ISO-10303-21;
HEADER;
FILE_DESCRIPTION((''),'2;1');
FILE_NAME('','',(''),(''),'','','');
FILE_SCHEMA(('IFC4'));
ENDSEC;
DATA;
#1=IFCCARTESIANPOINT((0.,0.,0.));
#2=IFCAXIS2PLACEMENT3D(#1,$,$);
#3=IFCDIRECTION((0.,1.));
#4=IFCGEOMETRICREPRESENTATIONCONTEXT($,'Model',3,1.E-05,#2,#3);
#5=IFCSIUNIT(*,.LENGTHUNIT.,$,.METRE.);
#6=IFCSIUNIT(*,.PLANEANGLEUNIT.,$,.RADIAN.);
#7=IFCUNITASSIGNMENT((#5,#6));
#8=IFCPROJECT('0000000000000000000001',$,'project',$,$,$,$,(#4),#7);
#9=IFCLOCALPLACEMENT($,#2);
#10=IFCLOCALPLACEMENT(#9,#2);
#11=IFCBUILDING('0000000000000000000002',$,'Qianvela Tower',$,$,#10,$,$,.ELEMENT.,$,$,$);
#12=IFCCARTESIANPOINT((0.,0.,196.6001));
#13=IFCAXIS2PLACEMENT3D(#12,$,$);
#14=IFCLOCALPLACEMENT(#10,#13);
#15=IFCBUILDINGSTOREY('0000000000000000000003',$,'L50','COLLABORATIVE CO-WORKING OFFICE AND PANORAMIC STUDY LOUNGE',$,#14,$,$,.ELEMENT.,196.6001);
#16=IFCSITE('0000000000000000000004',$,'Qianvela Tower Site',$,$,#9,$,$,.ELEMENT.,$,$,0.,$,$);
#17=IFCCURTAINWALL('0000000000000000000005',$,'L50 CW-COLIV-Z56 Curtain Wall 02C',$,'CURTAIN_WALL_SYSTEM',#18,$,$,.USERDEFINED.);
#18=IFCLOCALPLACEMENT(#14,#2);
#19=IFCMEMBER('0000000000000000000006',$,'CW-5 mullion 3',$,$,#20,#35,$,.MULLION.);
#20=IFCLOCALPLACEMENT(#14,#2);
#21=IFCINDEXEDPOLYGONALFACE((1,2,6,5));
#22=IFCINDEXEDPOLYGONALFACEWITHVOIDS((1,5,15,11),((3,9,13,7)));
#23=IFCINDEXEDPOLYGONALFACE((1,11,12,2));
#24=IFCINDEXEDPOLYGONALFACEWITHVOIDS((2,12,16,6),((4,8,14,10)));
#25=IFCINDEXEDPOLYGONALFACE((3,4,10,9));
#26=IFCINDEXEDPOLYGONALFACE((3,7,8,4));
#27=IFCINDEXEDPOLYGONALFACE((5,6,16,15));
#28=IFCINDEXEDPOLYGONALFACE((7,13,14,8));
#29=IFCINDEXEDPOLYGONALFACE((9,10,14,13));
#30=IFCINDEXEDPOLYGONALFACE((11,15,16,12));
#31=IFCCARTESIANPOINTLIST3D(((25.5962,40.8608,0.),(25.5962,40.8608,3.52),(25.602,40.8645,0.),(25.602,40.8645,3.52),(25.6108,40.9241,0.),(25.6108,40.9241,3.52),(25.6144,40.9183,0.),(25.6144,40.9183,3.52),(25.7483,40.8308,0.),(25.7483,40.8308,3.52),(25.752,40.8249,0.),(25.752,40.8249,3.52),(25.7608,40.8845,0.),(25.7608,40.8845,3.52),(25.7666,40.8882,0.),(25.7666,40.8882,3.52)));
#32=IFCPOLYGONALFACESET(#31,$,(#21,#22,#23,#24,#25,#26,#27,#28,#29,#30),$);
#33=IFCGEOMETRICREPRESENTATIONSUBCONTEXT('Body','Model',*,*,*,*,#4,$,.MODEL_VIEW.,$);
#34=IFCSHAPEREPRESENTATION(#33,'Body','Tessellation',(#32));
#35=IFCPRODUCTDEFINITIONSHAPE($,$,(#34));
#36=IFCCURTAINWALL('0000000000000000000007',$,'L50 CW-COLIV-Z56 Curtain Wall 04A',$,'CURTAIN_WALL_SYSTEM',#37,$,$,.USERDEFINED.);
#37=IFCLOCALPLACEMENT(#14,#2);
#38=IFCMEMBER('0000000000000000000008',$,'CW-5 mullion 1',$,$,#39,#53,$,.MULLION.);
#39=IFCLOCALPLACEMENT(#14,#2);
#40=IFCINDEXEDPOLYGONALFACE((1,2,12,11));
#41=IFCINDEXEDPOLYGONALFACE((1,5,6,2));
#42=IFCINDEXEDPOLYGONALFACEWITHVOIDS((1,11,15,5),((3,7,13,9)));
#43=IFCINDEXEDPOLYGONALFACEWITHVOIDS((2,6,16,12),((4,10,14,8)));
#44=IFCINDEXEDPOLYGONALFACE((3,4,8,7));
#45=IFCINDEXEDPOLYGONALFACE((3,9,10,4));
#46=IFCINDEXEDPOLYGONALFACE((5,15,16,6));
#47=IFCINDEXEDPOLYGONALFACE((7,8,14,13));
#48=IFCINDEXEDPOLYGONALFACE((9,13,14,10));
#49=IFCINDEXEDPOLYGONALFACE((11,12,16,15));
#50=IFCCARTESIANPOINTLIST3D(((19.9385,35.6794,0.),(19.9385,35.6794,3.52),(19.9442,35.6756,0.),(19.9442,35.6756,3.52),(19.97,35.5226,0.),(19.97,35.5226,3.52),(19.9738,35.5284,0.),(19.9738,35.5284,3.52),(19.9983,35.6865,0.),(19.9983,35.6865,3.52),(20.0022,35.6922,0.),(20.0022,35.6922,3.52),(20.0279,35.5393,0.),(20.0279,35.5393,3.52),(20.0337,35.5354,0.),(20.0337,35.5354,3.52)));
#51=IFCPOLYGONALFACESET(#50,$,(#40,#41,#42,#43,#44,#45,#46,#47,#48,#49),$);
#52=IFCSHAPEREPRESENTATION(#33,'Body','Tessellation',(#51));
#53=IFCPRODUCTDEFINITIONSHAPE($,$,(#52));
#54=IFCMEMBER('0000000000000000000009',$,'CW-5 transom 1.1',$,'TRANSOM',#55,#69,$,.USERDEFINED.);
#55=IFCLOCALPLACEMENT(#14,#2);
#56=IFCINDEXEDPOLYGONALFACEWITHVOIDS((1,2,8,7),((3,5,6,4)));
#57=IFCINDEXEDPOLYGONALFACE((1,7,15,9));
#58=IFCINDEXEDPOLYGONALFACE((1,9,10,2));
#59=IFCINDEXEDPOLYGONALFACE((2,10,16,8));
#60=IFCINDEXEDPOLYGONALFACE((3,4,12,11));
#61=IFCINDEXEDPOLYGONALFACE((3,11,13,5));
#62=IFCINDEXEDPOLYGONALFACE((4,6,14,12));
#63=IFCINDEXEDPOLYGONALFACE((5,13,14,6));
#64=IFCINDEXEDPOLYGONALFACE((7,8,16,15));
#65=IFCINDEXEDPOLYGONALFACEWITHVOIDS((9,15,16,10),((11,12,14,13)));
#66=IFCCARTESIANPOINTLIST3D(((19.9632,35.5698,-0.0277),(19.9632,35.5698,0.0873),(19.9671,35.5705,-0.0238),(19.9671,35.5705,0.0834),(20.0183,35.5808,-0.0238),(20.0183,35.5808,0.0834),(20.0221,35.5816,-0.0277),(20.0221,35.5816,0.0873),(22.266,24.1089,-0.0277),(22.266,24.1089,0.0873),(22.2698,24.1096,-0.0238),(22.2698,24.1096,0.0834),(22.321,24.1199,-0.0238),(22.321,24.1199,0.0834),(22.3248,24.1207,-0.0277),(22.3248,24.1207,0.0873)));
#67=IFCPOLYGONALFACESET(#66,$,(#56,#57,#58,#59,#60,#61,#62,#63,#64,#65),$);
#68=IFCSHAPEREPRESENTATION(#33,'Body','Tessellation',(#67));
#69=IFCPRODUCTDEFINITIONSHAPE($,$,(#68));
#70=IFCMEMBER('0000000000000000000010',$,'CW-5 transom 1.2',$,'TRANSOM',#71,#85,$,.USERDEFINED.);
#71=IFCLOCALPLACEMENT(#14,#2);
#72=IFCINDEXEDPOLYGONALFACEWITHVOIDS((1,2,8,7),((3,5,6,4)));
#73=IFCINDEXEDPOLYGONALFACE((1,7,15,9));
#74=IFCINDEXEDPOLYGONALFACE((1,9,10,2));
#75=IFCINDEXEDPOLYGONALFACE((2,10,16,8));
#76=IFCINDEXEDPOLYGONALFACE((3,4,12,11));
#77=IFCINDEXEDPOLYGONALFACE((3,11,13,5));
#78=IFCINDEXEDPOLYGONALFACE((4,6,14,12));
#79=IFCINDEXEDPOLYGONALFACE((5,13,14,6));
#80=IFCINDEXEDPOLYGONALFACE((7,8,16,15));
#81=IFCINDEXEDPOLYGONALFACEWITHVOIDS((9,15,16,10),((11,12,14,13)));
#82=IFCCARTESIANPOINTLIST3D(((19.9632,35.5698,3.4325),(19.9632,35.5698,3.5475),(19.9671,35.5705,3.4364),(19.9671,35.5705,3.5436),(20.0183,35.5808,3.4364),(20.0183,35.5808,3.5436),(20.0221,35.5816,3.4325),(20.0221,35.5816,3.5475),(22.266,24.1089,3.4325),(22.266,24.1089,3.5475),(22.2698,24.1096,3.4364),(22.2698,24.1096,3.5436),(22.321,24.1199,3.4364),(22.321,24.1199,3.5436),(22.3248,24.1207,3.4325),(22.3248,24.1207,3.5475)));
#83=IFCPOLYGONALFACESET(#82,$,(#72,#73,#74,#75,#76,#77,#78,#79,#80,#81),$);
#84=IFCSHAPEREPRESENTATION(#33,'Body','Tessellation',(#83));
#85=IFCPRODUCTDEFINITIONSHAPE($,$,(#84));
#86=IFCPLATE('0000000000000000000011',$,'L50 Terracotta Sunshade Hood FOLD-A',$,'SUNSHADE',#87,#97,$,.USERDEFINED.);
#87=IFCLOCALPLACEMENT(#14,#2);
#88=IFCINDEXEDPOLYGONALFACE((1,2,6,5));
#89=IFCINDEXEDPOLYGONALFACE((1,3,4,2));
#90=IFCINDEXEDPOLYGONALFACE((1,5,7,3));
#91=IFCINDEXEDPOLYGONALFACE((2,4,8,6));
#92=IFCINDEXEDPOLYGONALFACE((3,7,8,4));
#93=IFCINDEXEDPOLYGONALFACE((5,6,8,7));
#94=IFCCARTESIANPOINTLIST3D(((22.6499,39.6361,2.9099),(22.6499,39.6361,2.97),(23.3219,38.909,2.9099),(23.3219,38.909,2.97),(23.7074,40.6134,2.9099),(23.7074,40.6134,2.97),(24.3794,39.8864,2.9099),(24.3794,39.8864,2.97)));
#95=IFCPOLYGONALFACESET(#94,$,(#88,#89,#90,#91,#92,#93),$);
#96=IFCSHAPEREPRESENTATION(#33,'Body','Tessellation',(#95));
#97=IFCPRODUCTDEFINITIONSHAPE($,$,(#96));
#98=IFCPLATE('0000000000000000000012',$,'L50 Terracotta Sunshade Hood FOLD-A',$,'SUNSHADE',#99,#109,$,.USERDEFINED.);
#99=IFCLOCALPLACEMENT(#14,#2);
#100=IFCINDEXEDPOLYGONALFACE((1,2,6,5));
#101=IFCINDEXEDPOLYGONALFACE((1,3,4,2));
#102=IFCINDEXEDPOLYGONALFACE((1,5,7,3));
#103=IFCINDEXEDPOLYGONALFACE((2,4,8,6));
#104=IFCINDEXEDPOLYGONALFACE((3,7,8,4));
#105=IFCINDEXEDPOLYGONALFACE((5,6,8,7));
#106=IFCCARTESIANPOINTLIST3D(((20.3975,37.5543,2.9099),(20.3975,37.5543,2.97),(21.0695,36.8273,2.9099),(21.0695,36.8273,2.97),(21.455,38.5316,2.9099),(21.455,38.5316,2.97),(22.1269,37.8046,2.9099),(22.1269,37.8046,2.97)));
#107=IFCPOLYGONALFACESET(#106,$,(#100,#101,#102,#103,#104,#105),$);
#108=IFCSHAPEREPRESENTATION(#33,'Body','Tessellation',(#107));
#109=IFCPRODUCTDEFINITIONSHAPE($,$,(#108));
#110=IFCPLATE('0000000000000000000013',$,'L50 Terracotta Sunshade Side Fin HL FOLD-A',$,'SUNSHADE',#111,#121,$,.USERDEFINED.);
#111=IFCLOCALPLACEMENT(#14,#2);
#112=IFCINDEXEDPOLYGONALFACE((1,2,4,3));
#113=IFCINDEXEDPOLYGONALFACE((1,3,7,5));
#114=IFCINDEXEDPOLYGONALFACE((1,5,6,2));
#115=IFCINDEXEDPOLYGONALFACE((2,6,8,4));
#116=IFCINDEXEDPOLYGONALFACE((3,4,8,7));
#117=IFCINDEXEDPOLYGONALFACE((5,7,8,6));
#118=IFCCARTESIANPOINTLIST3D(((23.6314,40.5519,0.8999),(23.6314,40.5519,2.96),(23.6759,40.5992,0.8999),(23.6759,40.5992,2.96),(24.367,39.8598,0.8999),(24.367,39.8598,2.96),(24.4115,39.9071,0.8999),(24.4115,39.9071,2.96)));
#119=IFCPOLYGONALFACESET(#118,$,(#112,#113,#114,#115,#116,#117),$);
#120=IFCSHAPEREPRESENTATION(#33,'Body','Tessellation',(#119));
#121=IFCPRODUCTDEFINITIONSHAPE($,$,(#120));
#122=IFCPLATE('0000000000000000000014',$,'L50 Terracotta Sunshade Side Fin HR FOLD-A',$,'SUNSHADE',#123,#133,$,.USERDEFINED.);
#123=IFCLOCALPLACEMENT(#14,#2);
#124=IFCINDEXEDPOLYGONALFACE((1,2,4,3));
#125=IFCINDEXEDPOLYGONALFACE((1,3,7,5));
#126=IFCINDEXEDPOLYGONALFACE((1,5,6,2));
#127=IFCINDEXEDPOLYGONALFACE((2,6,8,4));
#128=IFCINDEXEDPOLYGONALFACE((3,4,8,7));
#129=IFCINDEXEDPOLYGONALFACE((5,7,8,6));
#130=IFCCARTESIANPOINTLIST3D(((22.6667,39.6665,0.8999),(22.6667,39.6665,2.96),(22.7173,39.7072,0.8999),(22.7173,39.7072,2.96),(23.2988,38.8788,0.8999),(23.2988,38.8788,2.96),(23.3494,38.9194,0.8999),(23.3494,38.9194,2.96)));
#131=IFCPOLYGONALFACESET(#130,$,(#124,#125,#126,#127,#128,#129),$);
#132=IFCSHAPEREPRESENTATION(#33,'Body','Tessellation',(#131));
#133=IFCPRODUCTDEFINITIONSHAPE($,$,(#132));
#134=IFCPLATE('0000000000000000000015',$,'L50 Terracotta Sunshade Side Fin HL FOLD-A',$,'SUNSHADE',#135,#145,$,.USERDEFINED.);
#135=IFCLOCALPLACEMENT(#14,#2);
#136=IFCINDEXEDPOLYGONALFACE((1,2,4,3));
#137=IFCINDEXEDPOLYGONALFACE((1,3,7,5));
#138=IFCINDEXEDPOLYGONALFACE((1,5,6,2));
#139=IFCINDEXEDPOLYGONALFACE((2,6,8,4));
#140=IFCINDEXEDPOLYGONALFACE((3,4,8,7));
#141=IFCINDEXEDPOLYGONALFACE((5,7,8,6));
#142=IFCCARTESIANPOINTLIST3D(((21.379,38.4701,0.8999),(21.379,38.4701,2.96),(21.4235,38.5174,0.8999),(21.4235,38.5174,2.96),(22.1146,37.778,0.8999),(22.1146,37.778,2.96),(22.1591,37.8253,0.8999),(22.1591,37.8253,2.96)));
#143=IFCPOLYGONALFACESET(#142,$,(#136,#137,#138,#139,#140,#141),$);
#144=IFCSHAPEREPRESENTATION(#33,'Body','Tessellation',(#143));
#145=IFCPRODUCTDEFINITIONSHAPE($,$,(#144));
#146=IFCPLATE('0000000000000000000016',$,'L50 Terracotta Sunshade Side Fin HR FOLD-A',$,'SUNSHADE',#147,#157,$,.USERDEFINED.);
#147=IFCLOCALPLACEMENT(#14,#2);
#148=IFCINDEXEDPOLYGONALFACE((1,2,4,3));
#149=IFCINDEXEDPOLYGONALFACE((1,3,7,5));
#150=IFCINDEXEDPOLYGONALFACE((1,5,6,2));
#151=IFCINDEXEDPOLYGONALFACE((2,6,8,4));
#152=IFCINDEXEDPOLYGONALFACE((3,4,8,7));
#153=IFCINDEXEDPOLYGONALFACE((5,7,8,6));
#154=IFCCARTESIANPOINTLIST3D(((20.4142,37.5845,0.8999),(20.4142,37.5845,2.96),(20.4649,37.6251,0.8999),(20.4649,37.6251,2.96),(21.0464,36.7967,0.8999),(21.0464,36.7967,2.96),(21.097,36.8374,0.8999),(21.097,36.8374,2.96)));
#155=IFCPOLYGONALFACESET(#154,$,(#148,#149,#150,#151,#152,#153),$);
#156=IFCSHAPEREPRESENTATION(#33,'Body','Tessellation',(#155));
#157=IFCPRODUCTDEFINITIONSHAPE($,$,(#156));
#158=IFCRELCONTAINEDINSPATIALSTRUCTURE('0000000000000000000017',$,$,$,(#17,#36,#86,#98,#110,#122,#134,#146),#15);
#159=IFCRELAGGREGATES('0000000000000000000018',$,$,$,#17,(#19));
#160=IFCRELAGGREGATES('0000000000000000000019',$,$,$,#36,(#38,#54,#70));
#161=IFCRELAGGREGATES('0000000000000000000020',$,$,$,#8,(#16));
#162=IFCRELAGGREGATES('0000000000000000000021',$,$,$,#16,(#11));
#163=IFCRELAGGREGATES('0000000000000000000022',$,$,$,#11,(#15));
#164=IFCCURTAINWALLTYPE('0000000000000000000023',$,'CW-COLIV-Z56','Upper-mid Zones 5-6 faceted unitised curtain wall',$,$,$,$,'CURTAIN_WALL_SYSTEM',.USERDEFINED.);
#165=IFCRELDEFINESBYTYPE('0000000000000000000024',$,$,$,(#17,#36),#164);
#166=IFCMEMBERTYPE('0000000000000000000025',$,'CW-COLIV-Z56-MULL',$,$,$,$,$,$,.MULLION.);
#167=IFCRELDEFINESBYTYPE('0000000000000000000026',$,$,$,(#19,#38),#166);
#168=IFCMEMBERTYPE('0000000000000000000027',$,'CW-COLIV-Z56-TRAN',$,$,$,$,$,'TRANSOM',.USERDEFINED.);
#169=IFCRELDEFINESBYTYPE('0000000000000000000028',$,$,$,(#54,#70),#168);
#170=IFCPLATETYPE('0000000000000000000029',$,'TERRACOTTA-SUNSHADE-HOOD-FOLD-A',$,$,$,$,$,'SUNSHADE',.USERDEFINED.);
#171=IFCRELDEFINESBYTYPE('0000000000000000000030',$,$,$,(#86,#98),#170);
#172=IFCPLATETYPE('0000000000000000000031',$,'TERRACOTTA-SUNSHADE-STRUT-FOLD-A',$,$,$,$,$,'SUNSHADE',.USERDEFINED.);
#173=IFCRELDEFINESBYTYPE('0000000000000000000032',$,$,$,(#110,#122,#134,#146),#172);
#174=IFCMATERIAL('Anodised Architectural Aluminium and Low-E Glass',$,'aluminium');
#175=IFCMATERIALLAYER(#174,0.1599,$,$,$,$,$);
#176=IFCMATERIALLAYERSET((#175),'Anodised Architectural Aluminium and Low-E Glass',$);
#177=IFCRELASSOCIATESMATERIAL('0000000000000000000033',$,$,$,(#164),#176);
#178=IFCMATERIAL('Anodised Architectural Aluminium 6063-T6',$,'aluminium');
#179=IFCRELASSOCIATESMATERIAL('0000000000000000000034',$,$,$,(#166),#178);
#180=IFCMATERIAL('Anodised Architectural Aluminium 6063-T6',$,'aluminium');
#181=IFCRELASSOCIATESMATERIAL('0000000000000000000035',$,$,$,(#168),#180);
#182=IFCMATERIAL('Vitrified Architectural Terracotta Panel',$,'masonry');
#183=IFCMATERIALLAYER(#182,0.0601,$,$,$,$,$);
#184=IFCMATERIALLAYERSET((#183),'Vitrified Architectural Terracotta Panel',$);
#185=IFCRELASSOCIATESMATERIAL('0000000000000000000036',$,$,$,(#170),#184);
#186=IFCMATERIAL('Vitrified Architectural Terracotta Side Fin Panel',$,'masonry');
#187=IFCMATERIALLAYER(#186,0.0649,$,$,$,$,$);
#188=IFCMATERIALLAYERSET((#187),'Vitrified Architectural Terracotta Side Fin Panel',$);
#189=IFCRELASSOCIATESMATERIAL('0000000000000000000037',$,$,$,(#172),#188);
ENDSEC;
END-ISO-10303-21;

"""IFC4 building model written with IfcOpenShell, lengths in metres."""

from ifc_helpers import new_model, si_unit, direction, frame, origin, origin_2d, place, context, subcontext, project, spatial, rectangle, hollow_rectangle, extrude, material, layer, layer_set, material_profile, profile_set, type_object, element, aggregate, save


model = new_model("IFC4")

# Units and contexts
model_context = context("Model", 3, precision=1e-05, world=origin(), true_north=direction((0.0, 1.0)))
body_context = subcontext(model_context, "Body", "Model", "MODEL_VIEW")
ifc_project = project(units=[si_unit("LENGTHUNIT", "METRE"), si_unit("PLANEANGLEUNIT", "RADIAN")], contexts=[model_context])

# Site, building, storey
site_placement = place(None, origin())
site = spatial("IfcSite", under=ifc_project, at=site_placement, Name="Qianvela Tower Site", CompositionType="ELEMENT", RefElevation=0.0)
building_placement = place(site_placement, origin())
building = spatial("IfcBuilding", under=site, at=building_placement, Name="Qianvela Tower", CompositionType="ELEMENT")
storey_placement = place(building_placement, frame((0.0, 0.0, 196.6001)))
storey = spatial("IfcBuildingStorey", under=building, at=storey_placement, Name="L50", Description="COLLABORATIVE CO-WORKING OFFICE AND PANORAMIC STUDY LOUNGE", CompositionType="ELEMENT", Elevation=196.6001)

# Curtain wall, member
ifc_material_1 = material(Name="Anodised Architectural Aluminium and Low-E Glass", Category="aluminium")
ifc_layer_1 = layer(ifc_material_1, 0.1599)
ifc_layer_set_1 = layer_set([ifc_layer_1], Name="Anodised Architectural Aluminium and Low-E Glass")
curtain_wall_type = type_object("IfcCurtainWallType", Name="CW-COLIV-Z56", Description="Upper-mid Zones 5-6 faceted unitised curtain wall", ElementType="CURTAIN_WALL_SYSTEM", PredefinedType="USERDEFINED", material=ifc_layer_set_1)
curtain_wall_1_placement = place(storey_placement, origin())
curtain_wall_1 = element("IfcCurtainWall", 1, at=curtain_wall_1_placement, inside=storey, type_object=curtain_wall_type, Name="L50 CW-COLIV-Z56 Curtain Wall 02C", ObjectType="CURTAIN_WALL_SYSTEM", PredefinedType="USERDEFINED")
ifc_material_2 = material(Name="Anodised Architectural Aluminium 6063-T6", Category="aluminium")
ifc_material_profile_1 = material_profile(ifc_material_2, hollow_rectangle(XDim=0.0649, YDim=0.1599, WallThickness=0.0049, at=origin_2d()), Name="ALU-MULL-65x160")
ifc_profile_set_1 = profile_set([ifc_material_profile_1], Name="Anodised Architectural Aluminium 6063-T6")
member_type_1 = type_object("IfcMemberType", Name="CW-COLIV-Z56-MULL", PredefinedType="MULLION", material=ifc_profile_set_1)
member_1_placement = place(storey_placement, frame((25.6814, 40.8745, 0.0), z_axis=(0.0, 0.0, 1.0), x_axis=(-0.224836, -0.974397, 0.0)))
member_1 = element("IfcMember", 2, at=member_1_placement, type_object=member_type_1, Name="CW-5 mullion 3", PredefinedType="MULLION", context=body_context, shape_type="SweptSolid", body=[
    extrude(hollow_rectangle(XDim=0.0649, YDim=0.1599, WallThickness=0.0049, at=origin_2d()), origin(), (0.0, 0.0, 1.0), 3.52),
])
aggregate(curtain_wall_1, [member_1])

# Curtain wall, members
curtain_wall_2_placement = place(storey_placement, origin())
curtain_wall_2 = element("IfcCurtainWall", 3, at=curtain_wall_2_placement, inside=storey, type_object=curtain_wall_type, Name="L50 CW-COLIV-Z56 Curtain Wall 04A", ObjectType="CURTAIN_WALL_SYSTEM", PredefinedType="USERDEFINED")
member_2_placement = place(storey_placement, frame((19.9861, 35.6074, 0.0), z_axis=(0.0, 0.0, 1.0), x_axis=(0.980408, 0.19698, 0.0)))
member_2 = element("IfcMember", 4, at=member_2_placement, type_object=member_type_1, Name="CW-5 mullion 1", PredefinedType="MULLION", context=body_context, shape_type="SweptSolid", body=[
    extrude(hollow_rectangle(XDim=0.0649, YDim=0.1599, WallThickness=0.0049, at=origin_2d()), origin(), (0.0, 0.0, 1.0), 3.52),
])
ifc_material_3 = material(Name="Anodised Architectural Aluminium 6063-T6", Category="aluminium")
ifc_material_profile_2 = material_profile(ifc_material_3, hollow_rectangle(XDim=0.0601, YDim=0.115, WallThickness=0.0039, at=origin_2d()), Name="ALU-TRAN-60x115")
ifc_profile_set_2 = profile_set([ifc_material_profile_2], Name="Anodised Architectural Aluminium 6063-T6")
member_type_2 = type_object("IfcMemberType", Name="CW-COLIV-Z56-TRAN", ElementType="TRANSOM", PredefinedType="USERDEFINED", material=ifc_profile_set_2)
member_3_placement = place(storey_placement, frame((19.9927, 35.5757, 0.0298), z_axis=(0.196984, -0.980407, 0.0), x_axis=(0.980407, 0.196984, 0.0)))
member_3 = element("IfcMember", 5, at=member_3_placement, type_object=member_type_2, Name="CW-5 transom 1.1", ObjectType="TRANSOM", PredefinedType="USERDEFINED", context=body_context, shape_type="SweptSolid", body=[
    extrude(hollow_rectangle(XDim=0.0601, YDim=0.115, WallThickness=0.0039, at=origin_2d()), origin(), (0.0, 0.0, 1.0), 11.6899),
])
member_4_placement = place(storey_placement, frame((19.9927, 35.5757, 3.49), z_axis=(0.196984, -0.980407, 0.0), x_axis=(0.980407, 0.196984, 0.0)))
member_4 = element("IfcMember", 6, at=member_4_placement, type_object=member_type_2, Name="CW-5 transom 1.2", ObjectType="TRANSOM", PredefinedType="USERDEFINED", context=body_context, shape_type="SweptSolid", body=[
    extrude(hollow_rectangle(XDim=0.0601, YDim=0.115, WallThickness=0.0039, at=origin_2d()), origin(), (0.0, 0.0, 1.0), 11.6899),
])
aggregate(curtain_wall_2, [member_2, member_3, member_4])

# Plates
ifc_material_4 = material(Name="Vitrified Architectural Terracotta Panel", Category="masonry")
ifc_layer_2 = layer(ifc_material_4, 0.0601)
ifc_layer_set_2 = layer_set([ifc_layer_2], Name="Vitrified Architectural Terracotta Panel")
plate_type_1 = type_object("IfcPlateType", Name="TERRACOTTA-SUNSHADE-HOOD-FOLD-A", ElementType="SUNSHADE", PredefinedType="USERDEFINED", material=ifc_layer_set_2)
for number, where, z_axis, x_axis, name in (
    (7, (23.5146, 39.7612, 2.9099), (0.0, 0.0, 1.0), (-0.73437, -0.678749, 0.0), "L50 Terracotta Sunshade Hood FOLD-A"),
    (8, (21.2622, 37.6794, 2.9099), (0.0, 0.0, 1.0), (-0.73437, -0.678749, 0.0), "L50 Terracotta Sunshade Hood FOLD-A"),
):
    element("IfcPlate", number, at=place(storey_placement, frame(where, z_axis=z_axis, x_axis=x_axis)), inside=storey, type_object=plate_type_1, Name=name, ObjectType="SUNSHADE", PredefinedType="USERDEFINED", context=body_context, shape_type="SweptSolid", body=[
        extrude(rectangle(XDim=1.4399, YDim=0.99, at=origin_2d()), origin(), (0.0, 0.0, 1.0), 0.0601),
    ])
ifc_material_5 = material(Name="Vitrified Architectural Terracotta Side Fin Panel", Category="masonry")
ifc_layer_3 = layer(ifc_material_5, 0.0649)
ifc_layer_set_3 = layer_set([ifc_layer_3], Name="Vitrified Architectural Terracotta Side Fin Panel")
plate_type_2 = type_object("IfcPlateType", Name="TERRACOTTA-SUNSHADE-STRUT-FOLD-A", ElementType="SUNSHADE", PredefinedType="USERDEFINED", material=ifc_layer_set_3)
for number, where, z_axis, x_axis, name in (
    (9, (24.0215, 40.2295, 0.8999), (0.0, 0.0, 1.0), (-0.685234, -0.728323, 0.0), "L50 Terracotta Sunshade Side Fin HL FOLD-A"),
    (10, (23.0081, 39.293, 0.8999), (0.0, 0.0, 1.0), (-0.779928, -0.625869, 0.0), "L50 Terracotta Sunshade Side Fin HR FOLD-A"),
    (11, (21.769, 38.1477, 0.8999), (0.0, 0.0, 1.0), (-0.685234, -0.728323, 0.0), "L50 Terracotta Sunshade Side Fin HL FOLD-A"),
    (12, (20.7556, 37.2109, 0.8999), (0.0, 0.0, 1.0), (-0.779928, -0.625869, 0.0), "L50 Terracotta Sunshade Side Fin HR FOLD-A"),
):
    element("IfcPlate", number, at=place(storey_placement, frame(where, z_axis=z_axis, x_axis=x_axis)), inside=storey, type_object=plate_type_2, Name=name, ObjectType="SUNSHADE", PredefinedType="USERDEFINED", context=body_context, shape_type="SweptSolid", body=[
        extrude(rectangle(XDim=0.0649, YDim=1.01, at=origin_2d()), origin(), (0.0, 0.0, 1.0), 2.0601),
    ])

save(model, "model.ifc")
